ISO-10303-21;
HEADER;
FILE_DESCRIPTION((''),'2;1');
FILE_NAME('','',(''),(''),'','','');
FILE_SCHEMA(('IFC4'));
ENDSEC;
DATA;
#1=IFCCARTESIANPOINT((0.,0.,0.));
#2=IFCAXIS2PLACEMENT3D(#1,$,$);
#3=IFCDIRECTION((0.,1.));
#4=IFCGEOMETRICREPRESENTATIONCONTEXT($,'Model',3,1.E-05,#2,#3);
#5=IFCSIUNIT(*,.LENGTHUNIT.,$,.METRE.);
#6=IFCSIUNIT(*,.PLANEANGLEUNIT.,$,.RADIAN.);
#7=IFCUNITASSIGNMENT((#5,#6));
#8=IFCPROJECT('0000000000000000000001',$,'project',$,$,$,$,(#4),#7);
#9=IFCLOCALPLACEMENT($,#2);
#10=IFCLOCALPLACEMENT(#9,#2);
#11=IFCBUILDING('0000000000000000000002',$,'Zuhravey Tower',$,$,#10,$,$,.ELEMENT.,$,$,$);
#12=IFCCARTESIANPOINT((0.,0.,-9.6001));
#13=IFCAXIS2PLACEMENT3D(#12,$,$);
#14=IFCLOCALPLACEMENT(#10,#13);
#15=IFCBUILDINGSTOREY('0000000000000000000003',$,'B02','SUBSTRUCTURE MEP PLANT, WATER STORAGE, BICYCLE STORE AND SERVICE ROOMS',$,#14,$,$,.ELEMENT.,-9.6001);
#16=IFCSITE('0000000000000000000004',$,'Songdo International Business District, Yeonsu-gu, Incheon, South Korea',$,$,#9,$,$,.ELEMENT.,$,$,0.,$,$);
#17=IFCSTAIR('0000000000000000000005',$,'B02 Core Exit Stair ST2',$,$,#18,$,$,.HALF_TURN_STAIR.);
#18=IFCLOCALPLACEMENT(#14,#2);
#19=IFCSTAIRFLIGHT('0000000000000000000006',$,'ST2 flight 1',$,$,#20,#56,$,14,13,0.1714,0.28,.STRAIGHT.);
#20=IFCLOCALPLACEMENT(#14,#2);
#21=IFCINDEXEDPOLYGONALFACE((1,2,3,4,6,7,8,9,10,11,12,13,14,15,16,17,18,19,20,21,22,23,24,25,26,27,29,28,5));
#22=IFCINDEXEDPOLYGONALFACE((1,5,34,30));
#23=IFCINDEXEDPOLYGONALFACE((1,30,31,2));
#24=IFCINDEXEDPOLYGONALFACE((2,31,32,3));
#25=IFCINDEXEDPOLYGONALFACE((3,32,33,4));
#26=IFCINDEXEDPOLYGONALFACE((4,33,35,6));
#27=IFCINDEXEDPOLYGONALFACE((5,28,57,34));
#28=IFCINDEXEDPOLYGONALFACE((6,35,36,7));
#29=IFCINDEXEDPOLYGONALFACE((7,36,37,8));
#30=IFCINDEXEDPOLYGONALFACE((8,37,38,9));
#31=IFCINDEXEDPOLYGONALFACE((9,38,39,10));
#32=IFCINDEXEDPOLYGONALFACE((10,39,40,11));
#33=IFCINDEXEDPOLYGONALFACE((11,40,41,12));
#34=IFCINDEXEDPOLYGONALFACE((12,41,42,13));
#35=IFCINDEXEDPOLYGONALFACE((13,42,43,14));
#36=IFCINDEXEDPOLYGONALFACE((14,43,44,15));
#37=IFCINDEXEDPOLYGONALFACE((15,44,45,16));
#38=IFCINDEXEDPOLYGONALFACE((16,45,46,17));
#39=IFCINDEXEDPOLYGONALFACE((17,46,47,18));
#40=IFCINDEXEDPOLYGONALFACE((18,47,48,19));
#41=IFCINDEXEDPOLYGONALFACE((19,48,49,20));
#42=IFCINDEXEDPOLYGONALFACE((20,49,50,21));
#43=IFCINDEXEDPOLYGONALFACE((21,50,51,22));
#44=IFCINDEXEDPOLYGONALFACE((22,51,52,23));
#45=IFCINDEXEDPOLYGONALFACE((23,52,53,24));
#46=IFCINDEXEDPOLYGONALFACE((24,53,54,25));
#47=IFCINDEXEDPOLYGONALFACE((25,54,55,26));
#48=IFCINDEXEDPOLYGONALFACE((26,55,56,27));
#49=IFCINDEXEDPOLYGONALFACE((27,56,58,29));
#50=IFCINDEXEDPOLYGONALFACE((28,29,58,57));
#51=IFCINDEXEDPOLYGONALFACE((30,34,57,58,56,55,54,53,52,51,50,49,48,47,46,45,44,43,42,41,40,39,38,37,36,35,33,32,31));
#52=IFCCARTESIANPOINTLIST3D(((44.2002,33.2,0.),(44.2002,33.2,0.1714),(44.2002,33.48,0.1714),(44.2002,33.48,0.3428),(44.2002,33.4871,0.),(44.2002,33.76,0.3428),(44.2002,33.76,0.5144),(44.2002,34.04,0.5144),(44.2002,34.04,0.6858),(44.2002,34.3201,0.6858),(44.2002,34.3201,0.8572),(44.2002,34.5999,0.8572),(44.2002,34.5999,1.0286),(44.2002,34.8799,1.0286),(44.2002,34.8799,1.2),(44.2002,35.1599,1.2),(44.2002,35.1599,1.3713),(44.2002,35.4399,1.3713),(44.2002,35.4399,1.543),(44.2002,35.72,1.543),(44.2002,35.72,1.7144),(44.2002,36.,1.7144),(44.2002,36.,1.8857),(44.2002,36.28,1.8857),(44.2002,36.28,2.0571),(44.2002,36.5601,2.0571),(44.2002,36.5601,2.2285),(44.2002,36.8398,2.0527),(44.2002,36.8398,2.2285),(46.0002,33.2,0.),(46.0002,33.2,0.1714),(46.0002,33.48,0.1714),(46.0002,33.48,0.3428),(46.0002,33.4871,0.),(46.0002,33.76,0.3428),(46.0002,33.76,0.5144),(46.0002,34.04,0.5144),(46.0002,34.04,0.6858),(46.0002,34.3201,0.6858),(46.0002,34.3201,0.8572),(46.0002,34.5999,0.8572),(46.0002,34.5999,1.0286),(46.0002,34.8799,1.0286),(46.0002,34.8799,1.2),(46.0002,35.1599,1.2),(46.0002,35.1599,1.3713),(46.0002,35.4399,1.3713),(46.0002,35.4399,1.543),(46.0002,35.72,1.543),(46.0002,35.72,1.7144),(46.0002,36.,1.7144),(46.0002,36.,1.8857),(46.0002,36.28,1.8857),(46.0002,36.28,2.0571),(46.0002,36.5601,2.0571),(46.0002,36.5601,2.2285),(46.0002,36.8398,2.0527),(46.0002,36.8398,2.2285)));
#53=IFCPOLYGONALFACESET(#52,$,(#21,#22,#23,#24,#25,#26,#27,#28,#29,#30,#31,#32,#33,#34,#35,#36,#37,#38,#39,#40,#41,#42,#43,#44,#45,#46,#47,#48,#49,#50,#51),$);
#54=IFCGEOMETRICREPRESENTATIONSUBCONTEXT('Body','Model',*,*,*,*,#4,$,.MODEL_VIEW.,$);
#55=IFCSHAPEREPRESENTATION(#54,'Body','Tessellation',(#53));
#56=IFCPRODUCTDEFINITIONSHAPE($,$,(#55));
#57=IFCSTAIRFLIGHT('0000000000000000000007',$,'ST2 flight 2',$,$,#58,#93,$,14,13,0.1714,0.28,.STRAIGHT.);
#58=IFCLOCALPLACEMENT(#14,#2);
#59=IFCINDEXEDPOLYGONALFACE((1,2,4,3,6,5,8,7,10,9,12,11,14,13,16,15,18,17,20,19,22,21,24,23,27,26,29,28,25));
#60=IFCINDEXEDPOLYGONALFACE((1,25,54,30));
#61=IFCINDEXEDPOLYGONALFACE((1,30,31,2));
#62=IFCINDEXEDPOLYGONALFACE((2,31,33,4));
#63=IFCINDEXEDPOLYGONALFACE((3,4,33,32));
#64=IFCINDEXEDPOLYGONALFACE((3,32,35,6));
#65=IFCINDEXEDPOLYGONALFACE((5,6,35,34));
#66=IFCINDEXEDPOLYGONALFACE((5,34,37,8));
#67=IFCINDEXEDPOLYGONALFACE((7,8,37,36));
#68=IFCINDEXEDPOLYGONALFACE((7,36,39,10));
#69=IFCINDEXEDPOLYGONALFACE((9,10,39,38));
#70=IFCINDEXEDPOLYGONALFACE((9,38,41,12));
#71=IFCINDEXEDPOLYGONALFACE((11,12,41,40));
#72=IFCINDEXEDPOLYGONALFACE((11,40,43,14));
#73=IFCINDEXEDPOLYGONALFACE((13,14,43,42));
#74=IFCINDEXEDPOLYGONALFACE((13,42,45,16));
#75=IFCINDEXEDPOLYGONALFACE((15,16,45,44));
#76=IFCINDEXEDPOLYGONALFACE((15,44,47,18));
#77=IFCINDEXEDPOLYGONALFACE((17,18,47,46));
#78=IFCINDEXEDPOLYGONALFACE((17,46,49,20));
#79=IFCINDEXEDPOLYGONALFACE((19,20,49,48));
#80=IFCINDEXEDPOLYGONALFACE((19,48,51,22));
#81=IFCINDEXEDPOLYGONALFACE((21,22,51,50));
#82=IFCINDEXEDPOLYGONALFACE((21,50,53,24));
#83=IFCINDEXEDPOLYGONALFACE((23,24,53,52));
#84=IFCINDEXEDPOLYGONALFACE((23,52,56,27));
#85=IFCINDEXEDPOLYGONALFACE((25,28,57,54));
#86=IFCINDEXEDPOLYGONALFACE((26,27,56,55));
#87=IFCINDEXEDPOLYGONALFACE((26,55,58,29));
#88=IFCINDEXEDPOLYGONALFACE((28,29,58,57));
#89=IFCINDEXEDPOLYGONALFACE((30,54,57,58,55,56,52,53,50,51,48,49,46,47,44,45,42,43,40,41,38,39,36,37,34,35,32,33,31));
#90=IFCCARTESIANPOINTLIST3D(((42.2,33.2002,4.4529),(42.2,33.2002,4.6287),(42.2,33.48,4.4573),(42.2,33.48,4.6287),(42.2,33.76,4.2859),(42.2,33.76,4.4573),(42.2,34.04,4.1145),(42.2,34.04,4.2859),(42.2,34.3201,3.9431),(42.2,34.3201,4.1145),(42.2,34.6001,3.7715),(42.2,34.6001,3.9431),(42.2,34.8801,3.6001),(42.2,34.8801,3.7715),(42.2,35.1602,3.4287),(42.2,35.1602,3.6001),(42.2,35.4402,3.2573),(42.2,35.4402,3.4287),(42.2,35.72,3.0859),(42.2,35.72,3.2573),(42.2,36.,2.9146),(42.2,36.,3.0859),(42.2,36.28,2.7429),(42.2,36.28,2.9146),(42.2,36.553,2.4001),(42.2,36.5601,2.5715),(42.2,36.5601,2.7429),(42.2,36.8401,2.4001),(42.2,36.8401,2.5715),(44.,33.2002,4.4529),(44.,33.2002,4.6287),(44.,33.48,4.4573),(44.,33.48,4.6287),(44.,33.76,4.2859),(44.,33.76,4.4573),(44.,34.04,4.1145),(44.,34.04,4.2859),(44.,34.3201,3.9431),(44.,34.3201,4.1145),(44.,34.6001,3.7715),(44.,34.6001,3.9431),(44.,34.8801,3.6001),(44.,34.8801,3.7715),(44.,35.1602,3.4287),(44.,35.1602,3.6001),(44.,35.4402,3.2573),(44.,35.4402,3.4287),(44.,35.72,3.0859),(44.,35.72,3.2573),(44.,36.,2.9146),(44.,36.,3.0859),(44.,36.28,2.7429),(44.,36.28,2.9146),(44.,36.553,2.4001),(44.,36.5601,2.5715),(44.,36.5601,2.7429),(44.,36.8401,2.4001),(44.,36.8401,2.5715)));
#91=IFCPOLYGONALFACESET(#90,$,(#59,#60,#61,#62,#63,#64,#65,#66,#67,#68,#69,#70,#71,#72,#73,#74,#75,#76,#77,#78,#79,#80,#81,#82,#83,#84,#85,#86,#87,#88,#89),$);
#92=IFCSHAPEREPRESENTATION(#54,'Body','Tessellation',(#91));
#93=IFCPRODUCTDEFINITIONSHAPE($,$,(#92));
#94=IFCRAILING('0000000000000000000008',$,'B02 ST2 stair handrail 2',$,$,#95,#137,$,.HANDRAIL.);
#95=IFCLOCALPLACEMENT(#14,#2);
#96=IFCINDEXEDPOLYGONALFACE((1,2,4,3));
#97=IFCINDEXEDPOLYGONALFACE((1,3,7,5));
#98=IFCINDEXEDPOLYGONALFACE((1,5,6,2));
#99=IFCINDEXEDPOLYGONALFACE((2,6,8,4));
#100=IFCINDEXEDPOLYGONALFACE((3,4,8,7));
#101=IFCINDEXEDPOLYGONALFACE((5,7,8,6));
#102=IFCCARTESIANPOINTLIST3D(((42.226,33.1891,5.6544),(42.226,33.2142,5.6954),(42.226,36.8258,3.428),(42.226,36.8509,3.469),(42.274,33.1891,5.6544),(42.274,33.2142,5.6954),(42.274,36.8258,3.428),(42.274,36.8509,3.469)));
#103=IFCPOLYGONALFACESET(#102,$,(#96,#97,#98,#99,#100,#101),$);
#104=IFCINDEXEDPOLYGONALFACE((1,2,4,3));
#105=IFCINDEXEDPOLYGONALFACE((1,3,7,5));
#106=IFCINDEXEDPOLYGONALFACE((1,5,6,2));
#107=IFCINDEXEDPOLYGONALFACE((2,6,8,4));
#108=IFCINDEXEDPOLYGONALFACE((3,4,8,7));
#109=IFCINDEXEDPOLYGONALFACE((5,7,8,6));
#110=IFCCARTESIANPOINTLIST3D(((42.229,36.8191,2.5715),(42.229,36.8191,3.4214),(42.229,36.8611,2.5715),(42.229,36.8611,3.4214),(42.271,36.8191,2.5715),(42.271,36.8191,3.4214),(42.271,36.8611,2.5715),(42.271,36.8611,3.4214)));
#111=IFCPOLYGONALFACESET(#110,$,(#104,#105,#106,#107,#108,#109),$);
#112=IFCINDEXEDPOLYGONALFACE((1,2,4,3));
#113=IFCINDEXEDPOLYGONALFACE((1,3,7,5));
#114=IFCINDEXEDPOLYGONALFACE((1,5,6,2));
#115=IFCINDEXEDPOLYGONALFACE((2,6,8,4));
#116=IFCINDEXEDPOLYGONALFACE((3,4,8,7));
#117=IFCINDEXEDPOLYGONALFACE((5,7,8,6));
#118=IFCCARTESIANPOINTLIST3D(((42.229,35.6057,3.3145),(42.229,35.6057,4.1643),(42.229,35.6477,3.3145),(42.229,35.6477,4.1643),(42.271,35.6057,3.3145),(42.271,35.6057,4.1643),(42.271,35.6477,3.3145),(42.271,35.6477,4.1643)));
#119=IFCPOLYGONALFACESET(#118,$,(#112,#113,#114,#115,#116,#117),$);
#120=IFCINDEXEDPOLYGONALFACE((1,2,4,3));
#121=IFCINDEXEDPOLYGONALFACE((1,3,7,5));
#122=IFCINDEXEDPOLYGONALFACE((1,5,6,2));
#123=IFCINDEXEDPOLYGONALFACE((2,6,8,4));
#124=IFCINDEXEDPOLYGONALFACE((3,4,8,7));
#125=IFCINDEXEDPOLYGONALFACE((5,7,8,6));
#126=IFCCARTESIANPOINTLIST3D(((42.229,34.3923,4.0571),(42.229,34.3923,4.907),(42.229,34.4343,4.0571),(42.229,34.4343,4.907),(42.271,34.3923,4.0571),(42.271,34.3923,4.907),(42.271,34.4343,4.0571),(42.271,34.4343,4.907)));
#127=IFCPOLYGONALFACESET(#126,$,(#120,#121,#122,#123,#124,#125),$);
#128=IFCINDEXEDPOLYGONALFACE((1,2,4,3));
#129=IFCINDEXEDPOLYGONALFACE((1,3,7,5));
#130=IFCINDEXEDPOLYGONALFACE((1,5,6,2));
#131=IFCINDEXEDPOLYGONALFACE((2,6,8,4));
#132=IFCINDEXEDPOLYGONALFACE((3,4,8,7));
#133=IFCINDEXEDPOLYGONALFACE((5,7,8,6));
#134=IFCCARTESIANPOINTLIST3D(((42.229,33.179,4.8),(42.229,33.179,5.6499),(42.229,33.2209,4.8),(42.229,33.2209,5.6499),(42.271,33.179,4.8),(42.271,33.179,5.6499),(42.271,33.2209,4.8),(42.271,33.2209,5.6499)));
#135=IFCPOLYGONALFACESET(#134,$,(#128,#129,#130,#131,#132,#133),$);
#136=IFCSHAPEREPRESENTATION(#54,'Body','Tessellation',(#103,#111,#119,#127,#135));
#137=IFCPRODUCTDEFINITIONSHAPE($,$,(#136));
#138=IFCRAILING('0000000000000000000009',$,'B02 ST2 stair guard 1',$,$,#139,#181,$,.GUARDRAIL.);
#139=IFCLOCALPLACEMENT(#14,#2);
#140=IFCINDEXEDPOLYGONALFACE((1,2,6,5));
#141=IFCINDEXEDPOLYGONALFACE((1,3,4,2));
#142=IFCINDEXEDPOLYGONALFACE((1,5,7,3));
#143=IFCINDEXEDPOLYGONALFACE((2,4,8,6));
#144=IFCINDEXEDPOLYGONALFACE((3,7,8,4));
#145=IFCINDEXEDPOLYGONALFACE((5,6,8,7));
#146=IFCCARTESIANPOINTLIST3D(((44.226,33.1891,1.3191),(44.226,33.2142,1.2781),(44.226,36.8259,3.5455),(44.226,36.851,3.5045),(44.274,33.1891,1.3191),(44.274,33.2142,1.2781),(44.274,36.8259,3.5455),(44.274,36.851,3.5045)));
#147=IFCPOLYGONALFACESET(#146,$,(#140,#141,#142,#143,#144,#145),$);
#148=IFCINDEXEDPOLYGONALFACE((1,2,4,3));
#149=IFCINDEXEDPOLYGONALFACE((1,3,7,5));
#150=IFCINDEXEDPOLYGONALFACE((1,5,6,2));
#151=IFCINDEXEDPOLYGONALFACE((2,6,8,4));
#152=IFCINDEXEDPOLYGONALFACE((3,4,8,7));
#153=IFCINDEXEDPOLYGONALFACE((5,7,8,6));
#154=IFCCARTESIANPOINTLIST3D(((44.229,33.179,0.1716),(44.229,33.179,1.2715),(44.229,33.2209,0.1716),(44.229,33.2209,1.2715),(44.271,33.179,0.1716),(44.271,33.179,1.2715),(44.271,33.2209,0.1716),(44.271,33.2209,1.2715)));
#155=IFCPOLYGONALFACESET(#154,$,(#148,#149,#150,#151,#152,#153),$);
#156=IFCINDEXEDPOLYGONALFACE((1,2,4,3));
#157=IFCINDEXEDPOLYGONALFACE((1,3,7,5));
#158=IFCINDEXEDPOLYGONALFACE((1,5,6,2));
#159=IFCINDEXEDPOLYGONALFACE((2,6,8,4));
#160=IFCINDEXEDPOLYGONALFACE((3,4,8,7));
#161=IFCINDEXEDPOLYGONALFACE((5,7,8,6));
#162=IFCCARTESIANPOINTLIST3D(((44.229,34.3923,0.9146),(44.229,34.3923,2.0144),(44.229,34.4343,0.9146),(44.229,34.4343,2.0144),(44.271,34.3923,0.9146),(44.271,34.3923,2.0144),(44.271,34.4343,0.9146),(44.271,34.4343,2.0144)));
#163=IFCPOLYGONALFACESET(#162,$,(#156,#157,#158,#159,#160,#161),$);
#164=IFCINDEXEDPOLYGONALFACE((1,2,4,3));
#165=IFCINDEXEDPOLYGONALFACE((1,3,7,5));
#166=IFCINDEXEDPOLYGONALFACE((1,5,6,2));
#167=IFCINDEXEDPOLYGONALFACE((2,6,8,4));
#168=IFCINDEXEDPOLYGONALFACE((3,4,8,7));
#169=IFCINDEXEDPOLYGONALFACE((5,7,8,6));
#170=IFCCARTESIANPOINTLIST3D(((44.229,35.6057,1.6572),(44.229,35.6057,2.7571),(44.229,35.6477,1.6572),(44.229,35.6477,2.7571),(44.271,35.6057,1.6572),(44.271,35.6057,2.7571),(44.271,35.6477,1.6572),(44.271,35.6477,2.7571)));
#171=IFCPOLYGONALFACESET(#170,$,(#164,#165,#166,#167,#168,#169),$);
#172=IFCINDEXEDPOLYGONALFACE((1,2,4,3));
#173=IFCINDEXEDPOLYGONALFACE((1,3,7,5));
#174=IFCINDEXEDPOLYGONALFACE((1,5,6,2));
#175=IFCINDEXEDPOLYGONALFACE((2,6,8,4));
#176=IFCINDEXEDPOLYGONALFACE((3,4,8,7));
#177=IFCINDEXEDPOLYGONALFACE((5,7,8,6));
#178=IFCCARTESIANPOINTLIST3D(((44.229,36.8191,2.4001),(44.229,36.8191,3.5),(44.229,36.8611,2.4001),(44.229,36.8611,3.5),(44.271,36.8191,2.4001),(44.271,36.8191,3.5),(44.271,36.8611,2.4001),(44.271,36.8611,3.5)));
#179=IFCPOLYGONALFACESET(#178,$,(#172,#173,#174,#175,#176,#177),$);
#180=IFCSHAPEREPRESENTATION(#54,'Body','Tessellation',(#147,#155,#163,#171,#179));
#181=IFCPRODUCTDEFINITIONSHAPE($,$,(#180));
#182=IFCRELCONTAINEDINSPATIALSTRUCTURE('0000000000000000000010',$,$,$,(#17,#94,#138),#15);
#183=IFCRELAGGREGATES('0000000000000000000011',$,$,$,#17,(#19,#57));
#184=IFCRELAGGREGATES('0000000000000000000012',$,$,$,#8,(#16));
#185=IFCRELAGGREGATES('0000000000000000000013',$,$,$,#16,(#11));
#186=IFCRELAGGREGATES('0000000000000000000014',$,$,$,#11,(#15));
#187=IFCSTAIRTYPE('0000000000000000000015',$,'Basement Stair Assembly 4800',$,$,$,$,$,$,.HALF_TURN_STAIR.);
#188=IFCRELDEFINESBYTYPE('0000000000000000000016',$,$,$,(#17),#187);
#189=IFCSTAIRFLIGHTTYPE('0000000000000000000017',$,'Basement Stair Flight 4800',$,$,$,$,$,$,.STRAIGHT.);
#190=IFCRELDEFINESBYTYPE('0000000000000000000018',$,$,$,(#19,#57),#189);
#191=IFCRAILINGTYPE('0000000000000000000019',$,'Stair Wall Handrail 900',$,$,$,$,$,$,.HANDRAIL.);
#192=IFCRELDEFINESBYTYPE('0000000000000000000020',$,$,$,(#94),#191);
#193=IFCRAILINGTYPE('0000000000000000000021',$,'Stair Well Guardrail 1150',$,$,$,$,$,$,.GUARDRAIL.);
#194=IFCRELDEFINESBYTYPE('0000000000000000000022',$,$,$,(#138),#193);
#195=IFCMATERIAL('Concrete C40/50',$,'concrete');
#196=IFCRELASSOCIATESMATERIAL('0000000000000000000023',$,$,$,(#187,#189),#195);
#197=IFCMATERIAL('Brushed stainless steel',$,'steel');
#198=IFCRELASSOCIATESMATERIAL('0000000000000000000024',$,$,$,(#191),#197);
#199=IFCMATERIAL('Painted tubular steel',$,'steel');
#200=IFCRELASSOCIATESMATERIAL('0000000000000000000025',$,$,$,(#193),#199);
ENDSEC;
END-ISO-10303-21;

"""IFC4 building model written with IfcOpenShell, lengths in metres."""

from ifc_helpers import new_model, si_unit, direction, frame, origin, origin_2d, place, context, subcontext, project, spatial, polyline, rectangle, outline, extrude, material, type_object, element, aggregate, save


model = new_model("IFC4")

# Units and contexts
model_context = context("Model", 3, precision=1e-05, world=origin(), true_north=direction((0.0, 1.0)))
body_context = subcontext(model_context, "Body", "Model", "MODEL_VIEW")
ifc_project = project(units=[si_unit("LENGTHUNIT", "METRE"), si_unit("PLANEANGLEUNIT", "RADIAN")], contexts=[model_context])

# Site, building, storey
site_placement = place(None, origin())
site = spatial("IfcSite", under=ifc_project, at=site_placement, Name="Songdo International Business District, Yeonsu-gu, Incheon, South Korea", CompositionType="ELEMENT", RefElevation=0.0)
building_placement = place(site_placement, origin())
building = spatial("IfcBuilding", under=site, at=building_placement, Name="Zuhravey Tower", CompositionType="ELEMENT")
storey_placement = place(building_placement, frame((0.0, 0.0, -9.6001)))
storey = spatial("IfcBuildingStorey", under=building, at=storey_placement, Name="B02", Description="SUBSTRUCTURE MEP PLANT, WATER STORAGE, BICYCLE STORE AND SERVICE ROOMS", CompositionType="ELEMENT", Elevation=-9.6001)

# Stair, stair flights
ifc_material_1 = material(Name="Concrete C40/50", Category="concrete")
stair_type = type_object("IfcStairType", Name="Basement Stair Assembly 4800", PredefinedType="HALF_TURN_STAIR", material=ifc_material_1)
stair_placement = place(storey_placement, origin())
stair = element("IfcStair", 1, at=stair_placement, inside=storey, type_object=stair_type, Name="B02 Core Exit Stair ST2", PredefinedType="HALF_TURN_STAIR")
stair_flight_type = type_object("IfcStairFlightType", Name="Basement Stair Flight 4800", PredefinedType="STRAIGHT", material=ifc_material_1)
stair_flight_1_placement = place(storey_placement, frame((45.1001, 33.2, 0.0), z_axis=(0.0, 0.0, 1.0), x_axis=(0.0, 1.0, 0.0)))
stair_flight_1 = element("IfcStairFlight", 2, at=stair_flight_1_placement, type_object=stair_flight_type, Name="ST2 flight 1", NumberOfRisers=14, NumberOfTreads=13, PredefinedType="STRAIGHT", RiserHeight=0.1714, TreadLength=0.28, context=body_context, shape_type="SweptSolid", body=[
    extrude(outline(polyline([(0.0, 0.0), (0.0, 0.1714), (0.28, 0.1714), (0.28, 0.3428), (0.5601, 0.3428), (0.5601, 0.5144), (0.8401, 0.5144), (0.8401, 0.6858), (1.1201, 0.6858), (1.1201, 0.8572), (1.3999, 0.8572), (1.3999, 1.0286), (1.6799, 1.0286), (1.6799, 1.2), (1.96, 1.2), (1.96, 1.3713), (2.24, 1.3713), (2.24, 1.543), (2.52, 1.543), (2.52, 1.7144), (2.8, 1.7144), (2.8, 1.8857), (3.0801, 1.8857), (3.0801, 2.0571), (3.3601, 2.0571), (3.3601, 2.2285), (3.6399, 2.2285), (3.6399, 2.3999), (3.6399, 2.0527), (0.2871, 0.0), (0.0, 0.0)])), frame((0.0, 0.8999, 0.0), z_axis=(0.0, -1.0, 0.0), x_axis=(1.0, 0.0, 0.0)), (0.0, 0.0, 1.0), 1.8),
])
stair_flight_2_placement = place(storey_placement, frame((43.1001, 36.8401, 2.4001), z_axis=(0.0, 0.0, 1.0), x_axis=(0.0, -1.0, 0.0)))
stair_flight_2 = element("IfcStairFlight", 3, at=stair_flight_2_placement, type_object=stair_flight_type, Name="ST2 flight 2", NumberOfRisers=14, NumberOfTreads=13, PredefinedType="STRAIGHT", RiserHeight=0.1714, TreadLength=0.28, context=body_context, shape_type="SweptSolid", body=[
    extrude(outline(polyline([(0.0, 0.0), (0.0, 0.1714), (0.28, 0.1714), (0.28, 0.3428), (0.5601, 0.3428), (0.5601, 0.5144), (0.8401, 0.5144), (0.8401, 0.6858), (1.1201, 0.6858), (1.1201, 0.8572), (1.3999, 0.8572), (1.3999, 1.0286), (1.6799, 1.0286), (1.6799, 1.2), (1.96, 1.2), (1.96, 1.3713), (2.24, 1.3713), (2.24, 1.543), (2.52, 1.543), (2.52, 1.7144), (2.8, 1.7144), (2.8, 1.8857), (3.0801, 1.8857), (3.0801, 2.0571), (3.3601, 2.0571), (3.3601, 2.2285), (3.6399, 2.2285), (3.6399, 2.3999), (3.6399, 2.0527), (0.2871, 0.0), (0.0, 0.0)])), frame((0.0, 0.8999, 0.0), z_axis=(0.0, -1.0, 0.0), x_axis=(1.0, 0.0, 0.0)), (0.0, 0.0, 1.0), 1.8),
])
aggregate(stair, [stair_flight_1, stair_flight_2])

# Railings
ifc_material_2 = material(Name="Brushed stainless steel", Category="steel")
railing_type_1 = type_object("IfcRailingType", Name="Stair Wall Handrail 900", PredefinedType="HANDRAIL", material=ifc_material_2)
railing_1_placement = place(storey_placement, frame((42.25, 36.8401, 2.5715)))
element("IfcRailing", 4, at=railing_1_placement, inside=storey, type_object=railing_type_1, Name="B02 ST2 stair handrail 2", PredefinedType="HANDRAIL", context=body_context, shape_type="SweptSolid", body=[
    extrude(rectangle(XDim=0.0481, YDim=0.0481, at=origin_2d()), frame((0.0, -0.0017, 0.877), z_axis=(0.0, -0.852866, 0.52213), x_axis=(1.0, 0.0, 0.0)), (0.0, 0.0, 1.0), 4.2642),
    extrude(rectangle(XDim=0.042, YDim=0.042, at=origin_2d()), origin(), (0.0, 0.0, 1.0), 0.8499),
    extrude(rectangle(XDim=0.042, YDim=0.042, at=origin_2d()), frame((0.0, -1.2134, 0.7429)), (0.0, 0.0, 1.0), 0.8499),
    extrude(rectangle(XDim=0.042, YDim=0.042, at=origin_2d()), frame((0.0, -2.4268, 1.4856)), (0.0, 0.0, 1.0), 0.8499),
    extrude(rectangle(XDim=0.042, YDim=0.042, at=origin_2d()), frame((0.0, -3.6401, 2.2285)), (0.0, 0.0, 1.0), 0.8499),
])
ifc_material_3 = material(Name="Painted tubular steel", Category="steel")
railing_type_2 = type_object("IfcRailingType", Name="Stair Well Guardrail 1150", PredefinedType="GUARDRAIL", material=ifc_material_3)
railing_2_placement = place(storey_placement, frame((44.25, 33.2, 0.1716)))
element("IfcRailing", 5, at=railing_2_placement, inside=storey, type_object=railing_type_2, Name="B02 ST2 stair guard 1", PredefinedType="GUARDRAIL", context=body_context, shape_type="SweptSolid", body=[
    extrude(rectangle(XDim=0.0481, YDim=0.0481, at=origin_2d()), frame((0.0, 0.0017, 1.127), z_axis=(0.0, 0.852866, 0.52213), x_axis=(-1.0, 0.0, 0.0)), (0.0, 0.0, 1.0), 4.2642),
    extrude(rectangle(XDim=0.042, YDim=0.042, at=origin_2d()), origin(), (0.0, 0.0, 1.0), 1.0999),
    extrude(rectangle(XDim=0.042, YDim=0.042, at=origin_2d()), frame((0.0, 1.2134, 0.7429)), (0.0, 0.0, 1.0), 1.0999),
    extrude(rectangle(XDim=0.042, YDim=0.042, at=origin_2d()), frame((0.0, 2.4268, 1.4856)), (0.0, 0.0, 1.0), 1.0999),
    extrude(rectangle(XDim=0.042, YDim=0.042, at=origin_2d()), frame((0.0, 3.6401, 2.2285)), (0.0, 0.0, 1.0), 1.0999),
])

save(model, "model.ifc")
